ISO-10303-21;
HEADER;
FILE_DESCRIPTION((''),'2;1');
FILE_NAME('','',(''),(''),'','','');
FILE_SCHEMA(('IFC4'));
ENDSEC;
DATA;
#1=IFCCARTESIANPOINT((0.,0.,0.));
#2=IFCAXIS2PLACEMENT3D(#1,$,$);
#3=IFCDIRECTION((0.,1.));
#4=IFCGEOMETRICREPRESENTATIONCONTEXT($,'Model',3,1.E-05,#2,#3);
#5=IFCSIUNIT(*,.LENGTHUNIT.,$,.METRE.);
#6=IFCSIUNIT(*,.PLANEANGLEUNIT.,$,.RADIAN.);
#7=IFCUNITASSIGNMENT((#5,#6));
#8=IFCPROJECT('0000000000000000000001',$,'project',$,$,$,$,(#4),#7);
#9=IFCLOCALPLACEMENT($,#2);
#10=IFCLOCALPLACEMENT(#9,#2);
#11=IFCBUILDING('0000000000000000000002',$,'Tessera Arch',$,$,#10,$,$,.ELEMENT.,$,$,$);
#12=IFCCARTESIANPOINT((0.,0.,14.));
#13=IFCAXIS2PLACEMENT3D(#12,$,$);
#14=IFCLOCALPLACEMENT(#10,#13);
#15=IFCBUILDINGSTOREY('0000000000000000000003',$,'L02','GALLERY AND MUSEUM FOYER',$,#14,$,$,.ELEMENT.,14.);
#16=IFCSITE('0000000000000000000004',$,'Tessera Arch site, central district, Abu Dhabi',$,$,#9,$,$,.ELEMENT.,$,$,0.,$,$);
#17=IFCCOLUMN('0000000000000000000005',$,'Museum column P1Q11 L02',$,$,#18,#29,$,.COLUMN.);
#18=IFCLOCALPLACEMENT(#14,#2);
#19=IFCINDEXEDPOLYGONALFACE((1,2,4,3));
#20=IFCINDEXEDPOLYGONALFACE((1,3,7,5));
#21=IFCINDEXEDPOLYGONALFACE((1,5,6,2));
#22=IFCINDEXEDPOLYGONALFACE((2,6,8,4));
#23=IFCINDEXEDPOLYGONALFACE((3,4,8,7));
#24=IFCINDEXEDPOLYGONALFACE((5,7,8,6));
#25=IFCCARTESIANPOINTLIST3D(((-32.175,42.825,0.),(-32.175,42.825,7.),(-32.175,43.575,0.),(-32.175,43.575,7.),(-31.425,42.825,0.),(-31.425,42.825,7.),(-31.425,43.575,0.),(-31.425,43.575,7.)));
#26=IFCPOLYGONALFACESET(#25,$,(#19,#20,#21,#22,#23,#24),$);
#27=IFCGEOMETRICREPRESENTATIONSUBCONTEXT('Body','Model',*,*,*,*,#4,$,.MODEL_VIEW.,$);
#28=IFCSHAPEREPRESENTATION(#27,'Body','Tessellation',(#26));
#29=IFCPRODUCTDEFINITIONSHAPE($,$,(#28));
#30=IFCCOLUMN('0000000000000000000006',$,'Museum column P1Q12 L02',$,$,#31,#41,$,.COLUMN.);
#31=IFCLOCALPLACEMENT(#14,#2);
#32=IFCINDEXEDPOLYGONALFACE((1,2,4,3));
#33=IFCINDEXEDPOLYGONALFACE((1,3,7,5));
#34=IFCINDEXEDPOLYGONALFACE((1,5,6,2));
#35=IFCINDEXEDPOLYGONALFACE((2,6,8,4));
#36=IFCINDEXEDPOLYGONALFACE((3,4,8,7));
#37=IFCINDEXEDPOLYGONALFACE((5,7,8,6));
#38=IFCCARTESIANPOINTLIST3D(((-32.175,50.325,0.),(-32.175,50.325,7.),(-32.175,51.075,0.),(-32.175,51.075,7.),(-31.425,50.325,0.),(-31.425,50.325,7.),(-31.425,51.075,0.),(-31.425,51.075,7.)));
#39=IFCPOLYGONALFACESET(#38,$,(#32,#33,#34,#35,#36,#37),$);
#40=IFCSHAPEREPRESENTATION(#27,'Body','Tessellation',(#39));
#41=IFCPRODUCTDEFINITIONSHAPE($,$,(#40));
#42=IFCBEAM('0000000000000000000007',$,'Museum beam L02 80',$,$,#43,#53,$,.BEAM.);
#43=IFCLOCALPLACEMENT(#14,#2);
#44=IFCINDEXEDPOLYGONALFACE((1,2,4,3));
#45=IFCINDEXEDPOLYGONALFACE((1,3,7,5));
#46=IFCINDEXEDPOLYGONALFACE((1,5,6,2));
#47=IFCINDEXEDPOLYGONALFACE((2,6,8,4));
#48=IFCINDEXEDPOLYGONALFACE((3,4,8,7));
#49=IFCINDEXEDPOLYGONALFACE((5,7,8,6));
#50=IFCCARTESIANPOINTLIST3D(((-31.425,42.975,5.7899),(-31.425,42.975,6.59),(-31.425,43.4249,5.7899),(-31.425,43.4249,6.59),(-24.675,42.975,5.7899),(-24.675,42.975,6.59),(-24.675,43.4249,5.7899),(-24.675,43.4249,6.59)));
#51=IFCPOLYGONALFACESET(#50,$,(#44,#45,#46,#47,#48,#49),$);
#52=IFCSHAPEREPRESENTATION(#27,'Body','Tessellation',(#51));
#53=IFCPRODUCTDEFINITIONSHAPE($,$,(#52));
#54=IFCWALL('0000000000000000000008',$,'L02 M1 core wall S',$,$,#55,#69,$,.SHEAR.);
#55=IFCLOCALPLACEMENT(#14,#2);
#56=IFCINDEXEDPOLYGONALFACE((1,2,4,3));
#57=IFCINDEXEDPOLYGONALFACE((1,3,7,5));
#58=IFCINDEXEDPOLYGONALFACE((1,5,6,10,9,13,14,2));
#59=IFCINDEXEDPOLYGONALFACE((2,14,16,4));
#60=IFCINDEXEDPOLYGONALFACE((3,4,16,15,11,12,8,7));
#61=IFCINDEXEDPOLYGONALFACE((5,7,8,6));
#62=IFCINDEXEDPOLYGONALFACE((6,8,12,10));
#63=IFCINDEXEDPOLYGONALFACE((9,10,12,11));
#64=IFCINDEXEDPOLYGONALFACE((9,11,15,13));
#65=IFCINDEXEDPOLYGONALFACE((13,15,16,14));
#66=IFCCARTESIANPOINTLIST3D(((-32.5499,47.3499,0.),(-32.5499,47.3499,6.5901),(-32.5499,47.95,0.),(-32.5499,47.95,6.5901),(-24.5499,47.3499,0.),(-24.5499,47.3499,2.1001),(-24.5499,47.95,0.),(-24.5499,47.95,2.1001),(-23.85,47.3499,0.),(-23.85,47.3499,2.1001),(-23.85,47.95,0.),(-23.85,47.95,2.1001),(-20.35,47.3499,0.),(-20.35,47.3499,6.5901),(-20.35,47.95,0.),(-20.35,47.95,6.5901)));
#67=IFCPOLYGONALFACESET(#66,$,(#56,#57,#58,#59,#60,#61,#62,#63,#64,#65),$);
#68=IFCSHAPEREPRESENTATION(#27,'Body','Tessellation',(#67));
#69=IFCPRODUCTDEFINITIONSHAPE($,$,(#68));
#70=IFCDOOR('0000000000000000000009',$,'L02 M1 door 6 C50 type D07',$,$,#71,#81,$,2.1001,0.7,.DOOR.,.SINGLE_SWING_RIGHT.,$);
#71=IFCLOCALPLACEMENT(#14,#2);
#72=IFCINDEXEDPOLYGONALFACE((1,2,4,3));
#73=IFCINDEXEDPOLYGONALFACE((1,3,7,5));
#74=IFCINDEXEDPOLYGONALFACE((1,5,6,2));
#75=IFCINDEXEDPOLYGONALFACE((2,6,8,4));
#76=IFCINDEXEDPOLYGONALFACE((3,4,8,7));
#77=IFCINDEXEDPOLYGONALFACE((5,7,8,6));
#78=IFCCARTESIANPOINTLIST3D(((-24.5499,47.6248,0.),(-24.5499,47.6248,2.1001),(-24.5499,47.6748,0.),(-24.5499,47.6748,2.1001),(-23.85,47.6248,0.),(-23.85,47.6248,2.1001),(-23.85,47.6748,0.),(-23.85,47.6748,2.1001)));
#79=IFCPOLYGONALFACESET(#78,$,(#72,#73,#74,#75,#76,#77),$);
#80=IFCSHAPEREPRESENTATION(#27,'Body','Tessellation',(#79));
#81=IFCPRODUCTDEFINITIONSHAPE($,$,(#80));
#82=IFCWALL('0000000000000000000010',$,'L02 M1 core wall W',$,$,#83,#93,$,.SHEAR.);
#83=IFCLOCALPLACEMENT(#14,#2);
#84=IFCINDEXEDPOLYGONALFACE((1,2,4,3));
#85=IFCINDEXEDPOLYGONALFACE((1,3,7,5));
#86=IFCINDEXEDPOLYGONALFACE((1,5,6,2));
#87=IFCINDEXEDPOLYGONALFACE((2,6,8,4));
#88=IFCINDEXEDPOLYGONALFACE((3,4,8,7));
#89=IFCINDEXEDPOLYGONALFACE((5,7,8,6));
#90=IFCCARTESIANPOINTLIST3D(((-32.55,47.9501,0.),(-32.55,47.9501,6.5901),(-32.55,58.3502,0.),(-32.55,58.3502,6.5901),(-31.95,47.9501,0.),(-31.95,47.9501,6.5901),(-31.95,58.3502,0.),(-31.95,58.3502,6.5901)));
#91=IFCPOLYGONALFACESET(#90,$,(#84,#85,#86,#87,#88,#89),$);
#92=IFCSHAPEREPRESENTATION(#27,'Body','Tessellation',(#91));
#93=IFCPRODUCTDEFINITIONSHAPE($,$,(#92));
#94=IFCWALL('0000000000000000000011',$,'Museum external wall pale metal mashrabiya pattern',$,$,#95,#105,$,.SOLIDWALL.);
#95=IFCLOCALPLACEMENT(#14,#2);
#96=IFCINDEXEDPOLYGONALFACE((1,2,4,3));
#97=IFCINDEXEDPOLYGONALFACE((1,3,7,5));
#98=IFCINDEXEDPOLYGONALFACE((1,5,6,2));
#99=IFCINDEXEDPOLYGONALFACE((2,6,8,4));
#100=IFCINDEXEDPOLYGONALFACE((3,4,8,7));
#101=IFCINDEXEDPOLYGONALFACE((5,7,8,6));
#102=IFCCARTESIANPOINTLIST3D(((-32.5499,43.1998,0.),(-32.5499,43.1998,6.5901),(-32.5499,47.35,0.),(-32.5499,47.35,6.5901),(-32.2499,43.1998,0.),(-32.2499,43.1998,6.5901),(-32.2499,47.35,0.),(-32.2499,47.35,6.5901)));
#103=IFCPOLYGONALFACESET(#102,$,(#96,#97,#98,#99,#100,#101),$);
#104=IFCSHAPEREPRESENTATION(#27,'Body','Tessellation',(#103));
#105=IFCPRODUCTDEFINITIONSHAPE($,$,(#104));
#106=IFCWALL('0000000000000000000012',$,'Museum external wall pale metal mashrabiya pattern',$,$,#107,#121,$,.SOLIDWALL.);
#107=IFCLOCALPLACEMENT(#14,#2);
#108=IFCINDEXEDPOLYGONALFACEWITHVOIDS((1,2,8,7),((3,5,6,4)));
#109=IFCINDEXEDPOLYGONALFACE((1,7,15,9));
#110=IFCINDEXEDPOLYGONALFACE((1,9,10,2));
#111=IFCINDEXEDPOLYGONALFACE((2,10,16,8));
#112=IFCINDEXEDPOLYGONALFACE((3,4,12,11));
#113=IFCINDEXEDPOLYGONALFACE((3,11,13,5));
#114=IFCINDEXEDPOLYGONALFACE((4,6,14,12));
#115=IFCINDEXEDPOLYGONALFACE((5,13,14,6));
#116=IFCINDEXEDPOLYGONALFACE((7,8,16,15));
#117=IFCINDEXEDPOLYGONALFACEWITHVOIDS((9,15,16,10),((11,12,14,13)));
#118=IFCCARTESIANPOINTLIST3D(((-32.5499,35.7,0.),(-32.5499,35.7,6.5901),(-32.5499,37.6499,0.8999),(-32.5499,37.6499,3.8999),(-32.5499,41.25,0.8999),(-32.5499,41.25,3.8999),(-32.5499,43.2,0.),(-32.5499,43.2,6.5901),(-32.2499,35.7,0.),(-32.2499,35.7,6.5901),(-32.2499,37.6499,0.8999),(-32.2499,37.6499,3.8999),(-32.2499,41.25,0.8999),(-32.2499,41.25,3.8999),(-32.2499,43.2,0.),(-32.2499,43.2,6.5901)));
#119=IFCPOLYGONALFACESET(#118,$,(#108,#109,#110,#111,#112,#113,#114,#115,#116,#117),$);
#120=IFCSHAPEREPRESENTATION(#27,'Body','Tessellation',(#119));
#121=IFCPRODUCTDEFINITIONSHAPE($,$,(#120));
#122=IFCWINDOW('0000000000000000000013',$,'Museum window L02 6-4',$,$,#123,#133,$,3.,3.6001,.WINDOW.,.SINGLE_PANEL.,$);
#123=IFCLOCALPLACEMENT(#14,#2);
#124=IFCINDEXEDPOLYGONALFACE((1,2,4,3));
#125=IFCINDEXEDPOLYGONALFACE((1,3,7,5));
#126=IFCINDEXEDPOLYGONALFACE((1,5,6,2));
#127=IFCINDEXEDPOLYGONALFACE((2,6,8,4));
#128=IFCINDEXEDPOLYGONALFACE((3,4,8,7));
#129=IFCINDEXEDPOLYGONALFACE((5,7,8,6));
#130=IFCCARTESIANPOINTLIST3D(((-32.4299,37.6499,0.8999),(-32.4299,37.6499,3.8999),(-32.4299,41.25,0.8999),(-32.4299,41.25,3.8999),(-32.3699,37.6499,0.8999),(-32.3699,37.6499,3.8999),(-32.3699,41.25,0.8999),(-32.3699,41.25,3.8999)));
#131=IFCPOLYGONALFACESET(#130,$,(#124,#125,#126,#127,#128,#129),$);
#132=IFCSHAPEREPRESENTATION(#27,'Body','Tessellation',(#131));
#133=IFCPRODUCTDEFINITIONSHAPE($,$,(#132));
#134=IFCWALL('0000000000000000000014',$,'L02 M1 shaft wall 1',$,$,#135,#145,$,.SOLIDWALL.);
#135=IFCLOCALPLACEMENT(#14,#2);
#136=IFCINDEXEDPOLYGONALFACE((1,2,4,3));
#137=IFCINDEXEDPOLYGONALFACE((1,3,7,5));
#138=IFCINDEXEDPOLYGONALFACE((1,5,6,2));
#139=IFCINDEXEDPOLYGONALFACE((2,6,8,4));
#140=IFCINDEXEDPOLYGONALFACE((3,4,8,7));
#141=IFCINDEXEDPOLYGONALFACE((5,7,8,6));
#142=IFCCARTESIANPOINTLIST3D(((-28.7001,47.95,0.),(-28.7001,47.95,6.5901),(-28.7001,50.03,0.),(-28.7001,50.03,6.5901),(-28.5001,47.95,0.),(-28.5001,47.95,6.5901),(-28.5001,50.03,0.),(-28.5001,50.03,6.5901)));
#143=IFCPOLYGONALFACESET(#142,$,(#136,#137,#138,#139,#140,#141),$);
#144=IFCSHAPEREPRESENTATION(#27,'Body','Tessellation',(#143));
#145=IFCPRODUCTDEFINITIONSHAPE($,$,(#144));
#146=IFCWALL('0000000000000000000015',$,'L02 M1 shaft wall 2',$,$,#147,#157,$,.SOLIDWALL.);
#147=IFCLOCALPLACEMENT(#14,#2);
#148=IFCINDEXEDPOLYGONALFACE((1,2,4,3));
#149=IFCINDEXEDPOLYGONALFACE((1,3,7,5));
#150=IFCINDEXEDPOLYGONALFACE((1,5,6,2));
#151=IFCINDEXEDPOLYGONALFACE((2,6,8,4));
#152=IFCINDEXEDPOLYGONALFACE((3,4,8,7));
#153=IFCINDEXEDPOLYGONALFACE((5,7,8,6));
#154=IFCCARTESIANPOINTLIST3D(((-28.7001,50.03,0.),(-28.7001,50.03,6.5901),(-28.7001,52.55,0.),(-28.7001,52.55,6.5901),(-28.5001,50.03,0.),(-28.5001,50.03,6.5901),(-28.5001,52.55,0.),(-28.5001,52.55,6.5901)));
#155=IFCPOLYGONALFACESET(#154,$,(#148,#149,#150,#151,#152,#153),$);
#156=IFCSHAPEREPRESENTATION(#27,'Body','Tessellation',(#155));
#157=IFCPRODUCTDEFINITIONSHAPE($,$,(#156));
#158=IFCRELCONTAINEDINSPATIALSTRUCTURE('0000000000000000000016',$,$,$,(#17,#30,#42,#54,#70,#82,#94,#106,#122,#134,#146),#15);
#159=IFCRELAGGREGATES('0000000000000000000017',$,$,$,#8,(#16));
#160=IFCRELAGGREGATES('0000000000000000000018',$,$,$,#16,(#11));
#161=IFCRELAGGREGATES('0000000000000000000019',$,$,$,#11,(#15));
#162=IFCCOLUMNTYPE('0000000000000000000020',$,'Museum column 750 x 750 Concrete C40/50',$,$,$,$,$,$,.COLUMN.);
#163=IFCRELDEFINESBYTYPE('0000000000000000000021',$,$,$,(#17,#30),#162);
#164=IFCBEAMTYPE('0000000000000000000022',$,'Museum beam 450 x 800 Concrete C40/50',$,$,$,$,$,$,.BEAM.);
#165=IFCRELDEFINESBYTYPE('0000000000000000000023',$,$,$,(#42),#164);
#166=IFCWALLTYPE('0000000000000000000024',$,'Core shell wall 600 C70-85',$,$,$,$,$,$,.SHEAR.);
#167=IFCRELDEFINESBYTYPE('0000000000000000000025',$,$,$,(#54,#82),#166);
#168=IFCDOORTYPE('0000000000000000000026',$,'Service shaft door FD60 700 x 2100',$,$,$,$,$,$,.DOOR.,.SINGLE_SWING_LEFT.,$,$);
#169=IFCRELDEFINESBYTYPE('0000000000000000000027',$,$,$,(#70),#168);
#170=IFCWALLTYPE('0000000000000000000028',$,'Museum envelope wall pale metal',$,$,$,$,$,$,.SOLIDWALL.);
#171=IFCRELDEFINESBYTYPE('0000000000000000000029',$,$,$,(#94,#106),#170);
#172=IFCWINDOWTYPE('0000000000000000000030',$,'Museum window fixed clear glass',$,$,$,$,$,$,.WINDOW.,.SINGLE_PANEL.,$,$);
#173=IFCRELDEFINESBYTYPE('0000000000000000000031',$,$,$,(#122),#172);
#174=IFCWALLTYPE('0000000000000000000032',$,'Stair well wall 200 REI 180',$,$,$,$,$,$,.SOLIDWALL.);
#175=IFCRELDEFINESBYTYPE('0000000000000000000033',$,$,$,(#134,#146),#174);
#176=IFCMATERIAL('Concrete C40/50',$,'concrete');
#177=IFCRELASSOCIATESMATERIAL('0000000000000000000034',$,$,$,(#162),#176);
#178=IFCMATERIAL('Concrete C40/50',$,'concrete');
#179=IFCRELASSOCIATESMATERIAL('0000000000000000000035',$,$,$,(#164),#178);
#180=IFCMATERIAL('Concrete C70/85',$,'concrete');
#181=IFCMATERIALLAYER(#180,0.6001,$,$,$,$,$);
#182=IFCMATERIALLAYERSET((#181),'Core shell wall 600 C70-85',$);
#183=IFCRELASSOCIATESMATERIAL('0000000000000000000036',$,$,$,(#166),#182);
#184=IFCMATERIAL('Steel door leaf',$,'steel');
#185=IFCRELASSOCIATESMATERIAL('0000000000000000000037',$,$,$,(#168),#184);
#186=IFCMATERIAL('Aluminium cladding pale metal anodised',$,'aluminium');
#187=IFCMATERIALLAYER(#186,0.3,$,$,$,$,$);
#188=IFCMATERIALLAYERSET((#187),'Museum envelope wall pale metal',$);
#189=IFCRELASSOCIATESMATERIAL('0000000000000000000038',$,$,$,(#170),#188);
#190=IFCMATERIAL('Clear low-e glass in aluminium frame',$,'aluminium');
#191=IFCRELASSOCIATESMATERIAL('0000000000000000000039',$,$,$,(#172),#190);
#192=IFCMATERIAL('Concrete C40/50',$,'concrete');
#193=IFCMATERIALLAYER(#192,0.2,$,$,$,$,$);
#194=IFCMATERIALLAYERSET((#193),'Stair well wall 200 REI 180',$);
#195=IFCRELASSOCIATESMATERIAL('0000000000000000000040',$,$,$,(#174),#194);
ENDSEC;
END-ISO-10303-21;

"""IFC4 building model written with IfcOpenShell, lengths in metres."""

from ifc_helpers import new_model, si_unit, direction, frame, frame_2d, origin, origin_2d, place, context, subcontext, project, spatial, rectangle, extrude, material, layer, layer_set, material_profile, profile_set, type_object, element, fill, save


model = new_model("IFC4")

# Units and contexts
model_context = context("Model", 3, precision=1e-05, world=origin(), true_north=direction((0.0, 1.0)))
body_context = subcontext(model_context, "Body", "Model", "MODEL_VIEW")
ifc_project = project(units=[si_unit("LENGTHUNIT", "METRE"), si_unit("PLANEANGLEUNIT", "RADIAN")], contexts=[model_context])

# Site, building, storey
site_placement = place(None, origin())
site = spatial("IfcSite", under=ifc_project, at=site_placement, Name="Tessera Arch site, central district, Abu Dhabi", CompositionType="ELEMENT", RefElevation=0.0)
building_placement = place(site_placement, origin())
building = spatial("IfcBuilding", under=site, at=building_placement, Name="Tessera Arch", CompositionType="ELEMENT")
storey_placement = place(building_placement, frame((0.0, 0.0, 14.0)))
storey = spatial("IfcBuildingStorey", under=building, at=storey_placement, Name="L02", Description="GALLERY AND MUSEUM FOYER", CompositionType="ELEMENT", Elevation=14.0)

# Columns
ifc_material_1 = material(Name="Concrete C40/50", Category="concrete")
ifc_material_profile_1 = material_profile(ifc_material_1, rectangle(XDim=0.75, YDim=0.75, at=origin_2d()), Name="Museum column 750 x 750 Concrete C40/50")
ifc_profile_set_1 = profile_set([ifc_material_profile_1], Name="Concrete C40/50")
column_type = type_object("IfcColumnType", Name="Museum column 750 x 750 Concrete C40/50", PredefinedType="COLUMN", material=ifc_profile_set_1)
for number, where, z_axis, x_axis, name in (
    (1, (-31.8, 43.2, 0.0), (0.0, 0.0, 1.0), (1.0, 0.0, 0.0), "Museum column P1Q11 L02"),
    (2, (-31.8, 50.7, 0.0), (0.0, 0.0, 1.0), (1.0, 0.0, 0.0), "Museum column P1Q12 L02"),
):
    element("IfcColumn", number, at=place(storey_placement, frame(where, z_axis=z_axis, x_axis=x_axis)), inside=storey, type_object=column_type, Name=name, PredefinedType="COLUMN", context=body_context, shape_type="SweptSolid", body=[
        extrude(rectangle(XDim=0.75, YDim=0.75, at=origin_2d()), origin(), (0.0, 0.0, 1.0), 7.0),
    ])

# Beam
ifc_material_2 = material(Name="Concrete C40/50", Category="concrete")
ifc_material_profile_2 = material_profile(ifc_material_2, rectangle(XDim=0.45, YDim=0.8, at=origin_2d()), Name="Museum beam 450 x 800 Concrete C40/50")
ifc_profile_set_2 = profile_set([ifc_material_profile_2], Name="Concrete C40/50")
beam_type = type_object("IfcBeamType", Name="Museum beam 450 x 800 Concrete C40/50", PredefinedType="BEAM", material=ifc_profile_set_2)
beam_placement = place(storey_placement, frame((-31.425, 43.2, 6.1899), z_axis=(1.0, 0.0, 0.0), x_axis=(0.0, 1.0, 0.0)))
element("IfcBeam", 3, at=beam_placement, inside=storey, type_object=beam_type, Name="Museum beam L02 80", PredefinedType="BEAM", context=body_context, shape_type="SweptSolid", body=[
    extrude(rectangle(XDim=0.45, YDim=0.8, at=origin_2d()), origin(), (0.0, 0.0, 1.0), 6.75),
])

# Wall, opening, door
ifc_material_3 = material(Name="Concrete C70/85", Category="concrete")
ifc_layer_1 = layer(ifc_material_3, 0.6001)
ifc_layer_set_1 = layer_set([ifc_layer_1], Name="Core shell wall 600 C70-85")
wall_type_1 = type_object("IfcWallType", Name="Core shell wall 600 C70-85", PredefinedType="SHEAR", material=ifc_layer_set_1)
wall_1_placement = place(storey_placement, frame((-32.55, 47.6499, 0.0), z_axis=(0.0, 0.0, 1.0), x_axis=(1.0, 0.0, 0.0)))
wall_1 = element("IfcWall", 4, at=wall_1_placement, inside=storey, type_object=wall_type_1, Name="L02 M1 core wall S", PredefinedType="SHEAR", context=body_context, shape_type="SweptSolid", body=[
    extrude(rectangle(XDim=12.2, YDim=0.6001, at=frame_2d((6.1001, 0.0))), origin(), (0.0, 0.0, 1.0), 6.5901),
])
opening_1_placement = place(wall_1_placement, frame((8.0, 0.0, 0.0)))
opening_1 = element("IfcOpeningElement", 5, at=opening_1_placement, cuts=wall_1, PredefinedType="OPENING", context=body_context, shape_type="SweptSolid", body=[
    extrude(rectangle(XDim=0.7, YDim=2.1001, at=frame_2d((0.3501, 1.05))), frame((0.0, 0.3101, 0.0), z_axis=(0.0, -1.0, 0.0), x_axis=(1.0, 0.0, 0.0)), (0.0, 0.0, 1.0), 0.6201),
])
ifc_material_4 = material(Name="Steel door leaf", Category="steel")
door_type = type_object("IfcDoorType", Name="Service shaft door FD60 700 x 2100", OperationType="SINGLE_SWING_LEFT", PredefinedType="DOOR", material=ifc_material_4)
door_placement = place(opening_1_placement, origin())
door = element("IfcDoor", 6, at=door_placement, inside=storey, type_object=door_type, Name="L02 M1 door 6 C50 type D07", OperationType="SINGLE_SWING_RIGHT", OverallHeight=2.1001, OverallWidth=0.7, PredefinedType="DOOR", context=body_context, shape_type="SweptSolid", body=[
    extrude(rectangle(XDim=0.7, YDim=2.1001, at=frame_2d((0.3501, 1.05))), frame((0.0, 0.0249, 0.0), z_axis=(0.0, -1.0, 0.0), x_axis=(1.0, 0.0, 0.0)), (0.0, 0.0, 1.0), 0.05),
])
fill(opening_1, door)

# Walls
wall_2_placement = place(storey_placement, frame((-32.25, 47.95, 0.0), z_axis=(0.0, 0.0, 1.0), x_axis=(0.0, 1.0, 0.0)))
element("IfcWall", 7, at=wall_2_placement, inside=storey, type_object=wall_type_1, Name="L02 M1 core wall W", PredefinedType="SHEAR", context=body_context, shape_type="SweptSolid", body=[
    extrude(rectangle(XDim=10.4001, YDim=0.6001, at=frame_2d((5.2002, 0.0))), origin(), (0.0, 0.0, 1.0), 6.5901),
])
ifc_material_5 = material(Name="Aluminium cladding pale metal anodised", Category="aluminium")
ifc_layer_2 = layer(ifc_material_5, 0.3)
ifc_layer_set_2 = layer_set([ifc_layer_2], Name="Museum envelope wall pale metal")
wall_type_2 = type_object("IfcWallType", Name="Museum envelope wall pale metal", PredefinedType="SOLIDWALL", material=ifc_layer_set_2)
wall_3_placement = place(storey_placement, frame((-32.3999, 47.3501, 0.0), z_axis=(0.0, 0.0, 1.0), x_axis=(0.0, -1.0, 0.0)))
element("IfcWall", 8, at=wall_3_placement, inside=storey, type_object=wall_type_2, Name="Museum external wall pale metal mashrabiya pattern", PredefinedType="SOLIDWALL", context=body_context, shape_type="SweptSolid", body=[
    extrude(rectangle(XDim=4.1501, YDim=0.3, at=frame_2d((2.0752, 0.0))), origin(), (0.0, 0.0, 1.0), 6.5901),
])

# Wall, opening, window
wall_4_placement = place(storey_placement, frame((-32.3999, 43.2, 0.0), z_axis=(0.0, 0.0, 1.0), x_axis=(0.0, -1.0, 0.0)))
wall_4 = element("IfcWall", 9, at=wall_4_placement, inside=storey, type_object=wall_type_2, Name="Museum external wall pale metal mashrabiya pattern", PredefinedType="SOLIDWALL", context=body_context, shape_type="SweptSolid", body=[
    extrude(rectangle(XDim=7.5, YDim=0.3, at=frame_2d((3.75, 0.0))), origin(), (0.0, 0.0, 1.0), 6.5901),
])
opening_2_placement = place(wall_4_placement, frame((1.95, 0.0, 0.8999)))
opening_2 = element("IfcOpeningElement", 10, at=opening_2_placement, cuts=wall_4, PredefinedType="OPENING", context=body_context, shape_type="SweptSolid", body=[
    extrude(rectangle(XDim=3.6001, YDim=3.0, at=frame_2d((1.8, 1.5))), frame((0.0, 0.1599, 0.0), z_axis=(0.0, -1.0, 0.0), x_axis=(1.0, 0.0, 0.0)), (0.0, 0.0, 1.0), 0.3201),
])
ifc_material_6 = material(Name="Clear low-e glass in aluminium frame", Category="aluminium")
window_type = type_object("IfcWindowType", Name="Museum window fixed clear glass", PartitioningType="SINGLE_PANEL", PredefinedType="WINDOW", material=ifc_material_6)
window_placement = place(opening_2_placement, origin())
window = element("IfcWindow", 11, at=window_placement, inside=storey, type_object=window_type, Name="Museum window L02 6-4", OverallHeight=3.0, OverallWidth=3.6001, PartitioningType="SINGLE_PANEL", PredefinedType="WINDOW", context=body_context, shape_type="SweptSolid", body=[
    extrude(rectangle(XDim=3.6001, YDim=3.0, at=frame_2d((1.8, 1.5))), frame((0.0, 0.03, 0.0), z_axis=(0.0, -1.0, 0.0), x_axis=(1.0, 0.0, 0.0)), (0.0, 0.0, 1.0), 0.0601),
])
fill(opening_2, window)

# Walls
ifc_material_7 = material(Name="Concrete C40/50", Category="concrete")
ifc_layer_3 = layer(ifc_material_7, 0.2)
ifc_layer_set_3 = layer_set([ifc_layer_3], Name="Stair well wall 200 REI 180")
wall_type_3 = type_object("IfcWallType", Name="Stair well wall 200 REI 180", PredefinedType="SOLIDWALL", material=ifc_layer_set_3)
wall_5_placement = place(storey_placement, frame((-28.6001, 47.95, 0.0), z_axis=(0.0, 0.0, 1.0), x_axis=(0.0, 1.0, 0.0)))
element("IfcWall", 12, at=wall_5_placement, inside=storey, type_object=wall_type_3, Name="L02 M1 shaft wall 1", PredefinedType="SOLIDWALL", context=body_context, shape_type="SweptSolid", body=[
    extrude(rectangle(XDim=2.0801, YDim=0.2, at=frame_2d((1.04, 0.0))), origin(), (0.0, 0.0, 1.0), 6.5901),
])
wall_6_placement = place(storey_placement, frame((-28.6001, 50.03, 0.0), z_axis=(0.0, 0.0, 1.0), x_axis=(0.0, 1.0, 0.0)))
element("IfcWall", 13, at=wall_6_placement, inside=storey, type_object=wall_type_3, Name="L02 M1 shaft wall 2", PredefinedType="SOLIDWALL", context=body_context, shape_type="SweptSolid", body=[
    extrude(rectangle(XDim=2.52, YDim=0.2, at=frame_2d((1.26, 0.0))), origin(), (0.0, 0.0, 1.0), 6.5901),
])

save(model, "model.ifc")
